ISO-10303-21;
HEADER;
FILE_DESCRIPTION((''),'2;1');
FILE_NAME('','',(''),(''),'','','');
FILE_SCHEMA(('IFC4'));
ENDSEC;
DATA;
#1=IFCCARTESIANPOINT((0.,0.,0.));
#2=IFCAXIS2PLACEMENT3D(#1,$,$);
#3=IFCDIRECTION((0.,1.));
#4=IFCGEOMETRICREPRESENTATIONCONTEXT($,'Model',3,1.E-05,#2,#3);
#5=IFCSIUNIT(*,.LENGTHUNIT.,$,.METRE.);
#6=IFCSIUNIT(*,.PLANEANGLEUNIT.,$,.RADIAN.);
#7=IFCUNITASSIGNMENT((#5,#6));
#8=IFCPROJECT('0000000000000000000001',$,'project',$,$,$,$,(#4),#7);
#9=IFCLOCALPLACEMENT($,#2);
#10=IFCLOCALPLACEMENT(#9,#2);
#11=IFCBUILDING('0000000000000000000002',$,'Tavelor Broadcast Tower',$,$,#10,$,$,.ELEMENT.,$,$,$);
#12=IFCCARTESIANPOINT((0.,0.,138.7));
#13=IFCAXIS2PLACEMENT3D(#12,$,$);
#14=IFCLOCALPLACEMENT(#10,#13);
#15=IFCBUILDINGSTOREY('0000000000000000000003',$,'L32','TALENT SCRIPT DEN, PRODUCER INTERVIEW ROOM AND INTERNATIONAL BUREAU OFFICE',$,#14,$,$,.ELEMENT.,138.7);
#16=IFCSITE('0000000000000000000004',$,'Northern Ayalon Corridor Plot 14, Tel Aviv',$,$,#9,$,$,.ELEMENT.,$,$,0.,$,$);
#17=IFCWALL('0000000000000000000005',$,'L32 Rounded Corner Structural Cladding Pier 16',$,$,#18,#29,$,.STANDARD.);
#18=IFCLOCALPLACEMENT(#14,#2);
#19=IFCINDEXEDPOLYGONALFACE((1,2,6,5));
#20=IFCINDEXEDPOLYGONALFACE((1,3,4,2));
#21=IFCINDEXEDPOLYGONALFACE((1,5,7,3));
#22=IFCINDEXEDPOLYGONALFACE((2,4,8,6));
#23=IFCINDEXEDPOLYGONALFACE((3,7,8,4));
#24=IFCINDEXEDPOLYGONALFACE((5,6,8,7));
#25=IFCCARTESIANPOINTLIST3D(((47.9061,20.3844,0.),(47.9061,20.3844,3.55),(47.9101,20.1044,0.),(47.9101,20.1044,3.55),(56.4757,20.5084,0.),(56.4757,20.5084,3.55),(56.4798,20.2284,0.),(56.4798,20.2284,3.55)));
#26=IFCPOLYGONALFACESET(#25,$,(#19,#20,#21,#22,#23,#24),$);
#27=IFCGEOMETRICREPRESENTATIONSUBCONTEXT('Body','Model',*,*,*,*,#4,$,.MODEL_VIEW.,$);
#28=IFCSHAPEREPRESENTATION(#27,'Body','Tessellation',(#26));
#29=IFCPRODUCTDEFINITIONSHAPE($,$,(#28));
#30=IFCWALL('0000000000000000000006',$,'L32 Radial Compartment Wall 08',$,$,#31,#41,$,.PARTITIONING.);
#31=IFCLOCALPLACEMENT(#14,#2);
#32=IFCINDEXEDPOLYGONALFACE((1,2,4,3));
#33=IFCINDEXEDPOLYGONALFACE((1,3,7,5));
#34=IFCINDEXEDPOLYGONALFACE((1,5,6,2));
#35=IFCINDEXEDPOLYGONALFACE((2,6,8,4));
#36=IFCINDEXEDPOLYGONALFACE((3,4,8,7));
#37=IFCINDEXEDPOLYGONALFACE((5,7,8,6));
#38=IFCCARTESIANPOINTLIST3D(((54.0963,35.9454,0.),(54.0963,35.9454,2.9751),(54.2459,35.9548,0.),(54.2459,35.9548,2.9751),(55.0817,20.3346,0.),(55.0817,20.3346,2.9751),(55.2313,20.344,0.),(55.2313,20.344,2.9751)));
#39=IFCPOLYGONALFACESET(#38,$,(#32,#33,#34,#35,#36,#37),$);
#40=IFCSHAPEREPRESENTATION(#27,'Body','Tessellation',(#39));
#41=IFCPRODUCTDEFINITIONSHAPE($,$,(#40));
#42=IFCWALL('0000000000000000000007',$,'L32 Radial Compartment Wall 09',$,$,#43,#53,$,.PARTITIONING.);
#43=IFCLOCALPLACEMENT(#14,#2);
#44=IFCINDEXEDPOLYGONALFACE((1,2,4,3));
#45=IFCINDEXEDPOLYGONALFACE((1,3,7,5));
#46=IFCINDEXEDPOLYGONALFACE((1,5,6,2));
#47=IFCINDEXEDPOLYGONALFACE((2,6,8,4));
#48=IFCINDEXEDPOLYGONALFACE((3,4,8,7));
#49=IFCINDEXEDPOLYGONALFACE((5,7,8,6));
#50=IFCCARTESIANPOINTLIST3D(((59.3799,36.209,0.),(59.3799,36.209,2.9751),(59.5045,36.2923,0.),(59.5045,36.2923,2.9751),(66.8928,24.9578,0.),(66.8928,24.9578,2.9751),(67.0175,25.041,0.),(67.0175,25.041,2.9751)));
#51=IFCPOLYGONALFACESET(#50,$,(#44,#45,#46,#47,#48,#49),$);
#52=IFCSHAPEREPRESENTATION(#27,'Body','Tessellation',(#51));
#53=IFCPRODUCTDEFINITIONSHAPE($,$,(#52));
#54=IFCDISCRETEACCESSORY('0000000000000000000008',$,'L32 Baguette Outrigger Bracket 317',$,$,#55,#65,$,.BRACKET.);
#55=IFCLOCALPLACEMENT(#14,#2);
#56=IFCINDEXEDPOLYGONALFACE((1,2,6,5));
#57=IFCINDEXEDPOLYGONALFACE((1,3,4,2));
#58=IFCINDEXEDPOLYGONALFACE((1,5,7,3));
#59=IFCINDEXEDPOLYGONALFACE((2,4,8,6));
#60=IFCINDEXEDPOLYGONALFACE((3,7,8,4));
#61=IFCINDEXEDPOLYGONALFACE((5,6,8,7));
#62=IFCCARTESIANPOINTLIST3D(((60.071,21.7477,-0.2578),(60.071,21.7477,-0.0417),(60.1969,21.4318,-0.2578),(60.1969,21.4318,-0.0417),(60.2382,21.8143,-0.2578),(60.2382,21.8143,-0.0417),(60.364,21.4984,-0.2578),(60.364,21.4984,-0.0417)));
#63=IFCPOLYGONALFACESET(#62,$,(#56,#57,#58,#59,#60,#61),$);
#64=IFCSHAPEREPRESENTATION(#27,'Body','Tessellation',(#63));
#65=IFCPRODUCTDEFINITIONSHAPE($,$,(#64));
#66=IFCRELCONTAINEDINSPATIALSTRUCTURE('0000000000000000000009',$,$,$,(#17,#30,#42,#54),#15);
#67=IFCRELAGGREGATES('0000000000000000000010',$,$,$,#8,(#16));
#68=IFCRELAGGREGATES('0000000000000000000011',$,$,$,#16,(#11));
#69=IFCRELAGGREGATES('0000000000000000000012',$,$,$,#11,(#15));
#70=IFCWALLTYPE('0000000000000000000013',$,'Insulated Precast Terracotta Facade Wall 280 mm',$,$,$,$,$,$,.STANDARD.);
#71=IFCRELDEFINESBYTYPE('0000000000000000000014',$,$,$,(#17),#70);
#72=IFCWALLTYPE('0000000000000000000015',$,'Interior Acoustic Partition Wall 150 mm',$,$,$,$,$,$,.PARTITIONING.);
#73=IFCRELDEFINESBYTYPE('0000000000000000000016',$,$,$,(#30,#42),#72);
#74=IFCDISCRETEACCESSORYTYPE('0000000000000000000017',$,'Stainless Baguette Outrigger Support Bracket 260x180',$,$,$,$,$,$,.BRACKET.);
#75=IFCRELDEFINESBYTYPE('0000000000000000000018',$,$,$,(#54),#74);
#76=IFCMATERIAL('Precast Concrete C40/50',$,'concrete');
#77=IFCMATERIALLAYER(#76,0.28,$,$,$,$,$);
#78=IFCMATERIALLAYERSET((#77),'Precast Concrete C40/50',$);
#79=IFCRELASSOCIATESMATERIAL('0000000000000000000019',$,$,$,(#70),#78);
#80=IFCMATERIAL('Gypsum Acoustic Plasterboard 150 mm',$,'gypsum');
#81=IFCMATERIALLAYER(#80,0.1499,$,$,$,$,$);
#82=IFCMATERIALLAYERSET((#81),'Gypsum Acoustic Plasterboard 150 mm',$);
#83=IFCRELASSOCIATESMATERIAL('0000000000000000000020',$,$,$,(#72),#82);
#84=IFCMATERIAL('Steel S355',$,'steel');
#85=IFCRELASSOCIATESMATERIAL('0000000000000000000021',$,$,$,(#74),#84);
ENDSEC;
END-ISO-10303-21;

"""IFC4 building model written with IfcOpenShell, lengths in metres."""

from ifc_helpers import new_model, si_unit, direction, frame, frame_2d, origin, origin_2d, place, context, subcontext, project, spatial, rectangle, extrude, source, transform, mapped, material, layer, layer_set, type_object, type_shapes, element, save


model = new_model("IFC4")

# Units and contexts
model_context = context("Model", 3, precision=1e-05, world=origin(), true_north=direction((0.0, 1.0)))
body_context = subcontext(model_context, "Body", "Model", "MODEL_VIEW")
ifc_project = project(units=[si_unit("LENGTHUNIT", "METRE"), si_unit("PLANEANGLEUNIT", "RADIAN")], contexts=[model_context])

# Site, building, storey
site_placement = place(None, origin())
site = spatial("IfcSite", under=ifc_project, at=site_placement, Name="Northern Ayalon Corridor Plot 14, Tel Aviv", CompositionType="ELEMENT", RefElevation=0.0)
building_placement = place(site_placement, origin())
building = spatial("IfcBuilding", under=site, at=building_placement, Name="Tavelor Broadcast Tower", CompositionType="ELEMENT")
storey_placement = place(building_placement, frame((0.0, 0.0, 138.7)))
storey = spatial("IfcBuildingStorey", under=building, at=storey_placement, Name="L32", Description="TALENT SCRIPT DEN, PRODUCER INTERVIEW ROOM AND INTERNATIONAL BUREAU OFFICE", CompositionType="ELEMENT", Elevation=138.7)

# Shared definitions
ifc_material_1 = material(Name="Steel S355", Category="steel")

# Walls
ifc_material_2 = material(Name="Precast Concrete C40/50", Category="concrete")
ifc_layer_1 = layer(ifc_material_2, 0.28)
ifc_layer_set_1 = layer_set([ifc_layer_1], Name="Precast Concrete C40/50")
wall_type_1 = type_object("IfcWallType", Name="Insulated Precast Terracotta Facade Wall 280 mm", PredefinedType="STANDARD", material=ifc_layer_set_1)
wall_1_placement = place(storey_placement, frame((47.9082, 20.2444, 0.0), z_axis=(0.0, 0.0, 1.0), x_axis=(0.999895, 0.014471, 0.0)))
element("IfcWall", 1, at=wall_1_placement, inside=storey, type_object=wall_type_1, Name="L32 Rounded Corner Structural Cladding Pier 16", PredefinedType="STANDARD", context=body_context, shape_type="SweptSolid", body=[
    extrude(rectangle(XDim=8.5706, YDim=0.28, at=frame_2d((4.2852, 0.0))), origin(), (0.0, 0.0, 1.0), 3.55),
])
ifc_material_3 = material(Name="Gypsum Acoustic Plasterboard 150 mm", Category="gypsum")
ifc_layer_2 = layer(ifc_material_3, 0.1499)
ifc_layer_set_2 = layer_set([ifc_layer_2], Name="Gypsum Acoustic Plasterboard 150 mm")
wall_type_2 = type_object("IfcWallType", Name="Interior Acoustic Partition Wall 150 mm", PredefinedType="PARTITIONING", material=ifc_layer_set_2)
wall_2_placement = place(storey_placement, frame((54.1711, 35.95, 0.0), z_axis=(0.0, 0.0, 1.0), x_axis=(0.062994, -0.998014, 0.0)))
element("IfcWall", 2, at=wall_2_placement, inside=storey, type_object=wall_type_2, Name="L32 Radial Compartment Wall 08", PredefinedType="PARTITIONING", context=body_context, shape_type="SweptSolid", body=[
    extrude(rectangle(XDim=15.6418, YDim=0.1499, at=frame_2d((7.8208, 0.0))), origin(), (0.0, 0.0, 1.0), 2.9751),
])
wall_3_placement = place(storey_placement, frame((59.4421, 36.2507, 0.0), z_axis=(0.0, 0.0, 1.0), x_axis=(0.555321, -0.831636, 0.0)))
element("IfcWall", 3, at=wall_3_placement, inside=storey, type_object=wall_type_2, Name="L32 Radial Compartment Wall 09", PredefinedType="PARTITIONING", context=body_context, shape_type="SweptSolid", body=[
    extrude(rectangle(XDim=13.5291, YDim=0.1499, at=frame_2d((6.7646, 0.0))), origin(), (0.0, 0.0, 1.0), 2.9751),
])

# Discrete accessory
discrete_accessory_type = type_object("IfcDiscreteAccessoryType", Name="Stainless Baguette Outrigger Support Bracket 260x180", PredefinedType="BRACKET", material=ifc_material_1)
shared_shape_1 = source(origin(), body_context, "Body", "SweptSolid", [
    extrude(rectangle(XDim=0.1799, YDim=0.3401, at=origin_2d()), origin(), (0.0, 0.0, 1.0), 0.2161),
])
type_shapes(discrete_accessory_type, [shared_shape_1])
discrete_accessory_placement = place(storey_placement, frame((60.2175, 21.623, -0.2578), z_axis=(0.0, 0.0, 1.0), x_axis=(0.929003, 0.370071, 0.0)))
element("IfcDiscreteAccessory", 4, at=discrete_accessory_placement, inside=storey, type_object=discrete_accessory_type, Name="L32 Baguette Outrigger Bracket 317", PredefinedType="BRACKET", context=body_context, shape_type="MappedRepresentation", body=[
    mapped(shared_shape_1, transform((0.0, 0.0, 0.0), scale=1.0)),
])

save(model, "model.ifc")
